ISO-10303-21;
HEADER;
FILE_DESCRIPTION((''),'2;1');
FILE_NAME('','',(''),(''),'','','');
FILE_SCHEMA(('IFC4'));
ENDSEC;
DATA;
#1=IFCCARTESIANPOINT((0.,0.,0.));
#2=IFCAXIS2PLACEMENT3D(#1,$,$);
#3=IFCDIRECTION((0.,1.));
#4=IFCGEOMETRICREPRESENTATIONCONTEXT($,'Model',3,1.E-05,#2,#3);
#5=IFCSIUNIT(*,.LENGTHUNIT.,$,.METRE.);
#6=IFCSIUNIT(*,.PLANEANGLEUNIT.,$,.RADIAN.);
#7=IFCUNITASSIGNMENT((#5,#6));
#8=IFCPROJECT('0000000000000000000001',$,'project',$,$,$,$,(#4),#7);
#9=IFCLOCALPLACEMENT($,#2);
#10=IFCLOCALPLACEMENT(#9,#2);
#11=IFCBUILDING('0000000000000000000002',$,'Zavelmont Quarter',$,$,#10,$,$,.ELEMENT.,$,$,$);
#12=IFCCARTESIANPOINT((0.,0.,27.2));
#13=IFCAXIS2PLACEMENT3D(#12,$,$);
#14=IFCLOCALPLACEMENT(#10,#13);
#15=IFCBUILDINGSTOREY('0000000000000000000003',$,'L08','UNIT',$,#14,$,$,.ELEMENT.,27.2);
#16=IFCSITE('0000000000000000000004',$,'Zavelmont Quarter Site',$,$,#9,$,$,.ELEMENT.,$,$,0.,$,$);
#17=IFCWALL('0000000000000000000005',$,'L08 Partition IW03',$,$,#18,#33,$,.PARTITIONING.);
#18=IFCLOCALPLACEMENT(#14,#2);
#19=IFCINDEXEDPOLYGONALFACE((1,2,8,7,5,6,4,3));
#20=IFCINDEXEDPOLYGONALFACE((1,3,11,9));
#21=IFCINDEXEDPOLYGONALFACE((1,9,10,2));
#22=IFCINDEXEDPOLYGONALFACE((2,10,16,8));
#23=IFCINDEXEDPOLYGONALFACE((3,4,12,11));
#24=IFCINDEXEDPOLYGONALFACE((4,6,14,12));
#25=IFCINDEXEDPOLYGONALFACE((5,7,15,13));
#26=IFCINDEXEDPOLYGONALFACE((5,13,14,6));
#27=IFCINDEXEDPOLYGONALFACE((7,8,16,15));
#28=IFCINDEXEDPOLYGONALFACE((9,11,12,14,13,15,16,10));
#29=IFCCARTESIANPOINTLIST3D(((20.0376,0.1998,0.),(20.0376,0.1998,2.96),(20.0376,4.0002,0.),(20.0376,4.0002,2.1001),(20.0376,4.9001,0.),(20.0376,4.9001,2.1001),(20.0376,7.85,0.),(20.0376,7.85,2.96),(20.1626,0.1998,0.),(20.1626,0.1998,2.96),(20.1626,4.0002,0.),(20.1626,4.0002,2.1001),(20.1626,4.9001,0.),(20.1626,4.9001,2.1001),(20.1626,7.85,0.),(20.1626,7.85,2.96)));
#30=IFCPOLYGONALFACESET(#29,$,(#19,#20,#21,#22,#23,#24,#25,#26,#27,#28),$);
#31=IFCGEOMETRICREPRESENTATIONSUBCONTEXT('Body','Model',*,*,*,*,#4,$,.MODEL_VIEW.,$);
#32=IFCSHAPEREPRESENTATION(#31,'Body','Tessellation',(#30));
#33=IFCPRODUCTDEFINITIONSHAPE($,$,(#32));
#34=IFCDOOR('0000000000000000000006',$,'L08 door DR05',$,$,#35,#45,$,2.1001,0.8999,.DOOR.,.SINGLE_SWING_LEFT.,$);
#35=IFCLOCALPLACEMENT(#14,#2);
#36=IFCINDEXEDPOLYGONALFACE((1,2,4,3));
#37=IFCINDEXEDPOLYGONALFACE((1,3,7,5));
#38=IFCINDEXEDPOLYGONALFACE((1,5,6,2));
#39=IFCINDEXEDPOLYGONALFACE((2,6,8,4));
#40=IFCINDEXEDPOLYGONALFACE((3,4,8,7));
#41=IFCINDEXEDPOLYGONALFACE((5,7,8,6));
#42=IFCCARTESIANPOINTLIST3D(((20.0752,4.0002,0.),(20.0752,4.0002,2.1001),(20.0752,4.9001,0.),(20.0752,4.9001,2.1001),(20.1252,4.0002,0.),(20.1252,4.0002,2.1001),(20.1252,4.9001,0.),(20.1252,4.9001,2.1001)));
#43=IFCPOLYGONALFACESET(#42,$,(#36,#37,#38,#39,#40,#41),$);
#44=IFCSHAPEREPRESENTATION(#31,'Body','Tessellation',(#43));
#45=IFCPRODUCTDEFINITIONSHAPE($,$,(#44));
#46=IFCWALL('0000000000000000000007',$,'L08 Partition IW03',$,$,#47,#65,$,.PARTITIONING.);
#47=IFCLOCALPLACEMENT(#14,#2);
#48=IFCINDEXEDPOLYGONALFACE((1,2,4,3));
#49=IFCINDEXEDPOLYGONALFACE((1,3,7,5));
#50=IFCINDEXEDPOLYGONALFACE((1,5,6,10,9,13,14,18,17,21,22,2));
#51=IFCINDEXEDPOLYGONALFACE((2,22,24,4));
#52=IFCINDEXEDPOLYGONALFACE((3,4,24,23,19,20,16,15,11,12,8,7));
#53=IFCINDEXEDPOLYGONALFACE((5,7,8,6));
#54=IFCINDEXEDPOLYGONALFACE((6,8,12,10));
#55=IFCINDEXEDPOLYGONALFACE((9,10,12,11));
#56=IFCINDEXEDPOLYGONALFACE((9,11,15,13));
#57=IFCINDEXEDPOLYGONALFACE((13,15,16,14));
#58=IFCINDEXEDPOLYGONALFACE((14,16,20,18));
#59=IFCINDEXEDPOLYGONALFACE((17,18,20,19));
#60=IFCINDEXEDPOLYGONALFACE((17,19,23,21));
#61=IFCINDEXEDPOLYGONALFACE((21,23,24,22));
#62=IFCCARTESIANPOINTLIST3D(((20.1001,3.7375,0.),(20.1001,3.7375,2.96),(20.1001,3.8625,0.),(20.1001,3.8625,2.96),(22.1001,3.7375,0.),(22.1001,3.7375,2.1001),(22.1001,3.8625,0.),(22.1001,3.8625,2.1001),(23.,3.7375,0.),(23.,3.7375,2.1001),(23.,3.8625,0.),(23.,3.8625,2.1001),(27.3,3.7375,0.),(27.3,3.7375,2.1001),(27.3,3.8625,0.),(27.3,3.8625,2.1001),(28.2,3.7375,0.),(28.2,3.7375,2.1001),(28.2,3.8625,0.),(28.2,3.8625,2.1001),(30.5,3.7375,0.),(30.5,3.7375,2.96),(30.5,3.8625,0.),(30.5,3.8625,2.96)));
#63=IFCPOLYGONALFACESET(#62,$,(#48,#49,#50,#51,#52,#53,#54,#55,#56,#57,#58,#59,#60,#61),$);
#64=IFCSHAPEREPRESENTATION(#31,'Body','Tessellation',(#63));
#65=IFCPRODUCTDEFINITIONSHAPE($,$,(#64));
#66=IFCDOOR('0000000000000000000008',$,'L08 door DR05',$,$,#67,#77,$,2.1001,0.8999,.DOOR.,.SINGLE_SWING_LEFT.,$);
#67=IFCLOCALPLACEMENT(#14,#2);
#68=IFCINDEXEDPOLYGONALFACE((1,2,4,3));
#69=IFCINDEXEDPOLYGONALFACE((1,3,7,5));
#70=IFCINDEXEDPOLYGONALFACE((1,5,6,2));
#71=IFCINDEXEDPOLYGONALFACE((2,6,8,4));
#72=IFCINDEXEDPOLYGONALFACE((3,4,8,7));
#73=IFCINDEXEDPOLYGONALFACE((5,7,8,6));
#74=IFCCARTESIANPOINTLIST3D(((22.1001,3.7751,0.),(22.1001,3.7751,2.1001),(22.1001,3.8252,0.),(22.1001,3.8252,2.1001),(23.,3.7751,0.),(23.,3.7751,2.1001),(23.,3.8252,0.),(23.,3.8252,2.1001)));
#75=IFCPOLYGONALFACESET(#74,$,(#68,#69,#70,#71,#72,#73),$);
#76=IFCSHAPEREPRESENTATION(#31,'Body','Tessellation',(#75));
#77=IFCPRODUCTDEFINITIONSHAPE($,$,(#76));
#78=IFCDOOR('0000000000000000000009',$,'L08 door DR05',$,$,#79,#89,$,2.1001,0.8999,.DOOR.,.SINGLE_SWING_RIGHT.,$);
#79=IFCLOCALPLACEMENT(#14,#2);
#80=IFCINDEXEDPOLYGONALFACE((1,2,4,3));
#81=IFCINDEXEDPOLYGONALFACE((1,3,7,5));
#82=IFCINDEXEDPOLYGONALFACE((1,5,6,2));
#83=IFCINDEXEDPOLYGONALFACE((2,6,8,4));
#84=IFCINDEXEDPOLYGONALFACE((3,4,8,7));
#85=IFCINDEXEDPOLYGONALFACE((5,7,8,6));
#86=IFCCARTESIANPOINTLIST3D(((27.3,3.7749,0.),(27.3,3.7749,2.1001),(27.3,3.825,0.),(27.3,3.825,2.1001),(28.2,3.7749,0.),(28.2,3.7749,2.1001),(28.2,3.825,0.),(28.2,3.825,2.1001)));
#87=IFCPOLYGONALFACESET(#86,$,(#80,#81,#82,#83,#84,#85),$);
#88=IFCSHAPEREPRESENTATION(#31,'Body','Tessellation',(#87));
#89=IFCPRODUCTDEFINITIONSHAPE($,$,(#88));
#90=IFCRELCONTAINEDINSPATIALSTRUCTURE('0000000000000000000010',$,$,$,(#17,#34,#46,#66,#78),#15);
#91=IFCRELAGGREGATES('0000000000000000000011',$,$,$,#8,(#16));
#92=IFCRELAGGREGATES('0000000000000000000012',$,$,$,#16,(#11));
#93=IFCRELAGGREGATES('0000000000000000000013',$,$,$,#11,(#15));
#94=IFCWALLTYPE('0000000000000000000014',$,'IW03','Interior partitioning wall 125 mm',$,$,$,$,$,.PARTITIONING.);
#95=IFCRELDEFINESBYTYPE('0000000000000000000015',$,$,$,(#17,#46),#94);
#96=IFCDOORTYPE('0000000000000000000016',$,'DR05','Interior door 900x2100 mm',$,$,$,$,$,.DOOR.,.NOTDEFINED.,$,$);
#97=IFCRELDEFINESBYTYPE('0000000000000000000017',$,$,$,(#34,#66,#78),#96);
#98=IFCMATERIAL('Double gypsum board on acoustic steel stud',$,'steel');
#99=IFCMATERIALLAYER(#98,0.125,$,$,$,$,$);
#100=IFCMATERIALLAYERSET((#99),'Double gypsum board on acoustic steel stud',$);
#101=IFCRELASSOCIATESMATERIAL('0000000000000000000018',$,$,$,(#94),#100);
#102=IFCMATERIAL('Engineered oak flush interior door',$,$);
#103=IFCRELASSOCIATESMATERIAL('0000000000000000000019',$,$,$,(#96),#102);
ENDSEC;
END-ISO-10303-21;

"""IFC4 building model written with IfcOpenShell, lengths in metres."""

from ifc_helpers import new_model, si_unit, direction, frame, frame_2d, origin, origin_with_axes, place, context, subcontext, project, spatial, rectangle, extrude, material, layer, layer_set, type_object, element, fill, save


model = new_model("IFC4")

# Units and contexts
model_context = context("Model", 3, precision=1e-05, world=origin(), true_north=direction((0.0, 1.0)))
body_context = subcontext(model_context, "Body", "Model", "MODEL_VIEW")
ifc_project = project(units=[si_unit("LENGTHUNIT", "METRE"), si_unit("PLANEANGLEUNIT", "RADIAN")], contexts=[model_context])

# Site, building, storey
site_placement = place(None, origin())
site = spatial("IfcSite", under=ifc_project, at=site_placement, Name="Zavelmont Quarter Site", CompositionType="ELEMENT", RefElevation=0.0)
building_placement = place(site_placement, origin())
building = spatial("IfcBuilding", under=site, at=building_placement, Name="Zavelmont Quarter", CompositionType="ELEMENT")
storey_placement = place(building_placement, frame((0.0, 0.0, 27.2)))
storey = spatial("IfcBuildingStorey", under=building, at=storey_placement, Name="L08", Description="UNIT", CompositionType="ELEMENT", Elevation=27.2)

# Wall, opening, door
ifc_material_1 = material(Name="Double gypsum board on acoustic steel stud", Category="steel")
ifc_layer_1 = layer(ifc_material_1, 0.125)
ifc_layer_set_1 = layer_set([ifc_layer_1], Name="Double gypsum board on acoustic steel stud")
wall_type_1 = type_object("IfcWallType", Name="IW03", Description="Interior partitioning wall 125 mm", PredefinedType="PARTITIONING", material=ifc_layer_set_1)
wall_1_placement = place(storey_placement, frame((20.1001, 7.8501, 0.0), z_axis=(0.0, 0.0, 1.0), x_axis=(0.0, -1.0, 0.0)))
wall_1 = element("IfcWall", 1, at=wall_1_placement, inside=storey, type_object=wall_type_1, Name="L08 Partition IW03", PredefinedType="PARTITIONING", context=body_context, shape_type="SweptSolid", body=[
    extrude(rectangle(XDim=7.6501, YDim=0.125, at=frame_2d((3.8252, 0.0))), origin(), (0.0, 0.0, 1.0), 2.96),
])
opening_1_placement = place(wall_1_placement, frame((2.95, 0.0, 0.0)))
opening_1 = element("IfcOpeningElement", 2, at=opening_1_placement, cuts=wall_1, PredefinedType="OPENING", context=body_context, shape_type="SweptSolid", body=[
    extrude(rectangle(XDim=0.8999, YDim=2.1001, at=frame_2d((0.45, 1.05))), frame((0.0, 0.0745, 0.0), z_axis=(0.0, -1.0, 0.0), x_axis=(1.0, 0.0, 0.0)), (0.0, 0.0, 1.0), 0.1489),
])
ifc_material_2 = material(Name="Engineered oak flush interior door")
door_type_1 = type_object("IfcDoorType", Name="DR05", Description="Interior door 900x2100 mm", OperationType="NOTDEFINED", PredefinedType="DOOR", material=ifc_material_2)
door_1_placement = place(opening_1_placement, frame((0.8999, 0.0, 0.0), z_axis=(0.0, 0.0, 1.0), x_axis=(-1.0, 0.0, 0.0)))
door_1 = element("IfcDoor", 3, at=door_1_placement, inside=storey, type_object=door_type_1, Name="L08 door DR05", OperationType="SINGLE_SWING_LEFT", OverallHeight=2.1001, OverallWidth=0.8999, PredefinedType="DOOR", context=body_context, shape_type="SweptSolid", body=[
    extrude(rectangle(XDim=0.8999, YDim=2.1001, at=frame_2d((0.45, 1.05))), frame((0.0, 0.0249, 0.0), z_axis=(0.0, -1.0, 0.0), x_axis=(1.0, 0.0, 0.0)), (0.0, 0.0, 1.0), 0.05),
])
fill(opening_1, door_1)

# Wall, openings, doors
wall_2_placement = place(storey_placement, frame((20.1001, 3.8, 0.0), z_axis=(0.0, 0.0, 1.0), x_axis=(1.0, 0.0, 0.0)))
wall_2 = element("IfcWall", 4, at=wall_2_placement, inside=storey, type_object=wall_type_1, Name="L08 Partition IW03", PredefinedType="PARTITIONING", context=body_context, shape_type="SweptSolid", body=[
    extrude(rectangle(XDim=10.3999, YDim=0.125, at=frame_2d((5.2, 0.0))), origin(), (0.0, 0.0, 1.0), 2.96),
])
opening_2_placement = place(wall_2_placement, frame((2.0, 0.0, 0.0)))
opening_2 = element("IfcOpeningElement", 5, at=opening_2_placement, cuts=wall_2, PredefinedType="OPENING", context=body_context, shape_type="SweptSolid", body=[
    extrude(rectangle(XDim=0.8999, YDim=2.1001, at=frame_2d((0.45, 1.05))), frame((0.0, 0.0745, 0.0), z_axis=(0.0, -1.0, 0.0), x_axis=(1.0, 0.0, 0.0)), (0.0, 0.0, 1.0), 0.1489),
])
opening_3_placement = place(wall_2_placement, frame((7.2, 0.0, 0.0)))
opening_3 = element("IfcOpeningElement", 6, at=opening_3_placement, cuts=wall_2, PredefinedType="OPENING", context=body_context, shape_type="SweptSolid", body=[
    extrude(rectangle(XDim=0.8999, YDim=2.1001, at=frame_2d((0.45, 1.05))), frame((0.0, 0.0745, 0.0), z_axis=(0.0, -1.0, 0.0), x_axis=(1.0, 0.0, 0.0)), (0.0, 0.0, 1.0), 0.1489),
])
door_2_placement = place(opening_2_placement, frame((0.8999, 0.0, 0.0), z_axis=(0.0, 0.0, 1.0), x_axis=(-1.0, 0.0, 0.0)))
door_2 = element("IfcDoor", 7, at=door_2_placement, inside=storey, type_object=door_type_1, Name="L08 door DR05", OperationType="SINGLE_SWING_LEFT", OverallHeight=2.1001, OverallWidth=0.8999, PredefinedType="DOOR", context=body_context, shape_type="SweptSolid", body=[
    extrude(rectangle(XDim=0.8999, YDim=2.1001, at=frame_2d((0.45, 1.05))), frame((0.0, 0.0249, 0.0), z_axis=(0.0, -1.0, 0.0), x_axis=(1.0, 0.0, 0.0)), (0.0, 0.0, 1.0), 0.05),
])
fill(opening_2, door_2)
door_3_placement = place(opening_3_placement, origin_with_axes())
door_3 = element("IfcDoor", 8, at=door_3_placement, inside=storey, type_object=door_type_1, Name="L08 door DR05", OperationType="SINGLE_SWING_RIGHT", OverallHeight=2.1001, OverallWidth=0.8999, PredefinedType="DOOR", context=body_context, shape_type="SweptSolid", body=[
    extrude(rectangle(XDim=0.8999, YDim=2.1001, at=frame_2d((0.45, 1.05))), frame((0.0, 0.0249, 0.0), z_axis=(0.0, -1.0, 0.0), x_axis=(1.0, 0.0, 0.0)), (0.0, 0.0, 1.0), 0.05),
])
fill(opening_3, door_3)

save(model, "model.ifc")
